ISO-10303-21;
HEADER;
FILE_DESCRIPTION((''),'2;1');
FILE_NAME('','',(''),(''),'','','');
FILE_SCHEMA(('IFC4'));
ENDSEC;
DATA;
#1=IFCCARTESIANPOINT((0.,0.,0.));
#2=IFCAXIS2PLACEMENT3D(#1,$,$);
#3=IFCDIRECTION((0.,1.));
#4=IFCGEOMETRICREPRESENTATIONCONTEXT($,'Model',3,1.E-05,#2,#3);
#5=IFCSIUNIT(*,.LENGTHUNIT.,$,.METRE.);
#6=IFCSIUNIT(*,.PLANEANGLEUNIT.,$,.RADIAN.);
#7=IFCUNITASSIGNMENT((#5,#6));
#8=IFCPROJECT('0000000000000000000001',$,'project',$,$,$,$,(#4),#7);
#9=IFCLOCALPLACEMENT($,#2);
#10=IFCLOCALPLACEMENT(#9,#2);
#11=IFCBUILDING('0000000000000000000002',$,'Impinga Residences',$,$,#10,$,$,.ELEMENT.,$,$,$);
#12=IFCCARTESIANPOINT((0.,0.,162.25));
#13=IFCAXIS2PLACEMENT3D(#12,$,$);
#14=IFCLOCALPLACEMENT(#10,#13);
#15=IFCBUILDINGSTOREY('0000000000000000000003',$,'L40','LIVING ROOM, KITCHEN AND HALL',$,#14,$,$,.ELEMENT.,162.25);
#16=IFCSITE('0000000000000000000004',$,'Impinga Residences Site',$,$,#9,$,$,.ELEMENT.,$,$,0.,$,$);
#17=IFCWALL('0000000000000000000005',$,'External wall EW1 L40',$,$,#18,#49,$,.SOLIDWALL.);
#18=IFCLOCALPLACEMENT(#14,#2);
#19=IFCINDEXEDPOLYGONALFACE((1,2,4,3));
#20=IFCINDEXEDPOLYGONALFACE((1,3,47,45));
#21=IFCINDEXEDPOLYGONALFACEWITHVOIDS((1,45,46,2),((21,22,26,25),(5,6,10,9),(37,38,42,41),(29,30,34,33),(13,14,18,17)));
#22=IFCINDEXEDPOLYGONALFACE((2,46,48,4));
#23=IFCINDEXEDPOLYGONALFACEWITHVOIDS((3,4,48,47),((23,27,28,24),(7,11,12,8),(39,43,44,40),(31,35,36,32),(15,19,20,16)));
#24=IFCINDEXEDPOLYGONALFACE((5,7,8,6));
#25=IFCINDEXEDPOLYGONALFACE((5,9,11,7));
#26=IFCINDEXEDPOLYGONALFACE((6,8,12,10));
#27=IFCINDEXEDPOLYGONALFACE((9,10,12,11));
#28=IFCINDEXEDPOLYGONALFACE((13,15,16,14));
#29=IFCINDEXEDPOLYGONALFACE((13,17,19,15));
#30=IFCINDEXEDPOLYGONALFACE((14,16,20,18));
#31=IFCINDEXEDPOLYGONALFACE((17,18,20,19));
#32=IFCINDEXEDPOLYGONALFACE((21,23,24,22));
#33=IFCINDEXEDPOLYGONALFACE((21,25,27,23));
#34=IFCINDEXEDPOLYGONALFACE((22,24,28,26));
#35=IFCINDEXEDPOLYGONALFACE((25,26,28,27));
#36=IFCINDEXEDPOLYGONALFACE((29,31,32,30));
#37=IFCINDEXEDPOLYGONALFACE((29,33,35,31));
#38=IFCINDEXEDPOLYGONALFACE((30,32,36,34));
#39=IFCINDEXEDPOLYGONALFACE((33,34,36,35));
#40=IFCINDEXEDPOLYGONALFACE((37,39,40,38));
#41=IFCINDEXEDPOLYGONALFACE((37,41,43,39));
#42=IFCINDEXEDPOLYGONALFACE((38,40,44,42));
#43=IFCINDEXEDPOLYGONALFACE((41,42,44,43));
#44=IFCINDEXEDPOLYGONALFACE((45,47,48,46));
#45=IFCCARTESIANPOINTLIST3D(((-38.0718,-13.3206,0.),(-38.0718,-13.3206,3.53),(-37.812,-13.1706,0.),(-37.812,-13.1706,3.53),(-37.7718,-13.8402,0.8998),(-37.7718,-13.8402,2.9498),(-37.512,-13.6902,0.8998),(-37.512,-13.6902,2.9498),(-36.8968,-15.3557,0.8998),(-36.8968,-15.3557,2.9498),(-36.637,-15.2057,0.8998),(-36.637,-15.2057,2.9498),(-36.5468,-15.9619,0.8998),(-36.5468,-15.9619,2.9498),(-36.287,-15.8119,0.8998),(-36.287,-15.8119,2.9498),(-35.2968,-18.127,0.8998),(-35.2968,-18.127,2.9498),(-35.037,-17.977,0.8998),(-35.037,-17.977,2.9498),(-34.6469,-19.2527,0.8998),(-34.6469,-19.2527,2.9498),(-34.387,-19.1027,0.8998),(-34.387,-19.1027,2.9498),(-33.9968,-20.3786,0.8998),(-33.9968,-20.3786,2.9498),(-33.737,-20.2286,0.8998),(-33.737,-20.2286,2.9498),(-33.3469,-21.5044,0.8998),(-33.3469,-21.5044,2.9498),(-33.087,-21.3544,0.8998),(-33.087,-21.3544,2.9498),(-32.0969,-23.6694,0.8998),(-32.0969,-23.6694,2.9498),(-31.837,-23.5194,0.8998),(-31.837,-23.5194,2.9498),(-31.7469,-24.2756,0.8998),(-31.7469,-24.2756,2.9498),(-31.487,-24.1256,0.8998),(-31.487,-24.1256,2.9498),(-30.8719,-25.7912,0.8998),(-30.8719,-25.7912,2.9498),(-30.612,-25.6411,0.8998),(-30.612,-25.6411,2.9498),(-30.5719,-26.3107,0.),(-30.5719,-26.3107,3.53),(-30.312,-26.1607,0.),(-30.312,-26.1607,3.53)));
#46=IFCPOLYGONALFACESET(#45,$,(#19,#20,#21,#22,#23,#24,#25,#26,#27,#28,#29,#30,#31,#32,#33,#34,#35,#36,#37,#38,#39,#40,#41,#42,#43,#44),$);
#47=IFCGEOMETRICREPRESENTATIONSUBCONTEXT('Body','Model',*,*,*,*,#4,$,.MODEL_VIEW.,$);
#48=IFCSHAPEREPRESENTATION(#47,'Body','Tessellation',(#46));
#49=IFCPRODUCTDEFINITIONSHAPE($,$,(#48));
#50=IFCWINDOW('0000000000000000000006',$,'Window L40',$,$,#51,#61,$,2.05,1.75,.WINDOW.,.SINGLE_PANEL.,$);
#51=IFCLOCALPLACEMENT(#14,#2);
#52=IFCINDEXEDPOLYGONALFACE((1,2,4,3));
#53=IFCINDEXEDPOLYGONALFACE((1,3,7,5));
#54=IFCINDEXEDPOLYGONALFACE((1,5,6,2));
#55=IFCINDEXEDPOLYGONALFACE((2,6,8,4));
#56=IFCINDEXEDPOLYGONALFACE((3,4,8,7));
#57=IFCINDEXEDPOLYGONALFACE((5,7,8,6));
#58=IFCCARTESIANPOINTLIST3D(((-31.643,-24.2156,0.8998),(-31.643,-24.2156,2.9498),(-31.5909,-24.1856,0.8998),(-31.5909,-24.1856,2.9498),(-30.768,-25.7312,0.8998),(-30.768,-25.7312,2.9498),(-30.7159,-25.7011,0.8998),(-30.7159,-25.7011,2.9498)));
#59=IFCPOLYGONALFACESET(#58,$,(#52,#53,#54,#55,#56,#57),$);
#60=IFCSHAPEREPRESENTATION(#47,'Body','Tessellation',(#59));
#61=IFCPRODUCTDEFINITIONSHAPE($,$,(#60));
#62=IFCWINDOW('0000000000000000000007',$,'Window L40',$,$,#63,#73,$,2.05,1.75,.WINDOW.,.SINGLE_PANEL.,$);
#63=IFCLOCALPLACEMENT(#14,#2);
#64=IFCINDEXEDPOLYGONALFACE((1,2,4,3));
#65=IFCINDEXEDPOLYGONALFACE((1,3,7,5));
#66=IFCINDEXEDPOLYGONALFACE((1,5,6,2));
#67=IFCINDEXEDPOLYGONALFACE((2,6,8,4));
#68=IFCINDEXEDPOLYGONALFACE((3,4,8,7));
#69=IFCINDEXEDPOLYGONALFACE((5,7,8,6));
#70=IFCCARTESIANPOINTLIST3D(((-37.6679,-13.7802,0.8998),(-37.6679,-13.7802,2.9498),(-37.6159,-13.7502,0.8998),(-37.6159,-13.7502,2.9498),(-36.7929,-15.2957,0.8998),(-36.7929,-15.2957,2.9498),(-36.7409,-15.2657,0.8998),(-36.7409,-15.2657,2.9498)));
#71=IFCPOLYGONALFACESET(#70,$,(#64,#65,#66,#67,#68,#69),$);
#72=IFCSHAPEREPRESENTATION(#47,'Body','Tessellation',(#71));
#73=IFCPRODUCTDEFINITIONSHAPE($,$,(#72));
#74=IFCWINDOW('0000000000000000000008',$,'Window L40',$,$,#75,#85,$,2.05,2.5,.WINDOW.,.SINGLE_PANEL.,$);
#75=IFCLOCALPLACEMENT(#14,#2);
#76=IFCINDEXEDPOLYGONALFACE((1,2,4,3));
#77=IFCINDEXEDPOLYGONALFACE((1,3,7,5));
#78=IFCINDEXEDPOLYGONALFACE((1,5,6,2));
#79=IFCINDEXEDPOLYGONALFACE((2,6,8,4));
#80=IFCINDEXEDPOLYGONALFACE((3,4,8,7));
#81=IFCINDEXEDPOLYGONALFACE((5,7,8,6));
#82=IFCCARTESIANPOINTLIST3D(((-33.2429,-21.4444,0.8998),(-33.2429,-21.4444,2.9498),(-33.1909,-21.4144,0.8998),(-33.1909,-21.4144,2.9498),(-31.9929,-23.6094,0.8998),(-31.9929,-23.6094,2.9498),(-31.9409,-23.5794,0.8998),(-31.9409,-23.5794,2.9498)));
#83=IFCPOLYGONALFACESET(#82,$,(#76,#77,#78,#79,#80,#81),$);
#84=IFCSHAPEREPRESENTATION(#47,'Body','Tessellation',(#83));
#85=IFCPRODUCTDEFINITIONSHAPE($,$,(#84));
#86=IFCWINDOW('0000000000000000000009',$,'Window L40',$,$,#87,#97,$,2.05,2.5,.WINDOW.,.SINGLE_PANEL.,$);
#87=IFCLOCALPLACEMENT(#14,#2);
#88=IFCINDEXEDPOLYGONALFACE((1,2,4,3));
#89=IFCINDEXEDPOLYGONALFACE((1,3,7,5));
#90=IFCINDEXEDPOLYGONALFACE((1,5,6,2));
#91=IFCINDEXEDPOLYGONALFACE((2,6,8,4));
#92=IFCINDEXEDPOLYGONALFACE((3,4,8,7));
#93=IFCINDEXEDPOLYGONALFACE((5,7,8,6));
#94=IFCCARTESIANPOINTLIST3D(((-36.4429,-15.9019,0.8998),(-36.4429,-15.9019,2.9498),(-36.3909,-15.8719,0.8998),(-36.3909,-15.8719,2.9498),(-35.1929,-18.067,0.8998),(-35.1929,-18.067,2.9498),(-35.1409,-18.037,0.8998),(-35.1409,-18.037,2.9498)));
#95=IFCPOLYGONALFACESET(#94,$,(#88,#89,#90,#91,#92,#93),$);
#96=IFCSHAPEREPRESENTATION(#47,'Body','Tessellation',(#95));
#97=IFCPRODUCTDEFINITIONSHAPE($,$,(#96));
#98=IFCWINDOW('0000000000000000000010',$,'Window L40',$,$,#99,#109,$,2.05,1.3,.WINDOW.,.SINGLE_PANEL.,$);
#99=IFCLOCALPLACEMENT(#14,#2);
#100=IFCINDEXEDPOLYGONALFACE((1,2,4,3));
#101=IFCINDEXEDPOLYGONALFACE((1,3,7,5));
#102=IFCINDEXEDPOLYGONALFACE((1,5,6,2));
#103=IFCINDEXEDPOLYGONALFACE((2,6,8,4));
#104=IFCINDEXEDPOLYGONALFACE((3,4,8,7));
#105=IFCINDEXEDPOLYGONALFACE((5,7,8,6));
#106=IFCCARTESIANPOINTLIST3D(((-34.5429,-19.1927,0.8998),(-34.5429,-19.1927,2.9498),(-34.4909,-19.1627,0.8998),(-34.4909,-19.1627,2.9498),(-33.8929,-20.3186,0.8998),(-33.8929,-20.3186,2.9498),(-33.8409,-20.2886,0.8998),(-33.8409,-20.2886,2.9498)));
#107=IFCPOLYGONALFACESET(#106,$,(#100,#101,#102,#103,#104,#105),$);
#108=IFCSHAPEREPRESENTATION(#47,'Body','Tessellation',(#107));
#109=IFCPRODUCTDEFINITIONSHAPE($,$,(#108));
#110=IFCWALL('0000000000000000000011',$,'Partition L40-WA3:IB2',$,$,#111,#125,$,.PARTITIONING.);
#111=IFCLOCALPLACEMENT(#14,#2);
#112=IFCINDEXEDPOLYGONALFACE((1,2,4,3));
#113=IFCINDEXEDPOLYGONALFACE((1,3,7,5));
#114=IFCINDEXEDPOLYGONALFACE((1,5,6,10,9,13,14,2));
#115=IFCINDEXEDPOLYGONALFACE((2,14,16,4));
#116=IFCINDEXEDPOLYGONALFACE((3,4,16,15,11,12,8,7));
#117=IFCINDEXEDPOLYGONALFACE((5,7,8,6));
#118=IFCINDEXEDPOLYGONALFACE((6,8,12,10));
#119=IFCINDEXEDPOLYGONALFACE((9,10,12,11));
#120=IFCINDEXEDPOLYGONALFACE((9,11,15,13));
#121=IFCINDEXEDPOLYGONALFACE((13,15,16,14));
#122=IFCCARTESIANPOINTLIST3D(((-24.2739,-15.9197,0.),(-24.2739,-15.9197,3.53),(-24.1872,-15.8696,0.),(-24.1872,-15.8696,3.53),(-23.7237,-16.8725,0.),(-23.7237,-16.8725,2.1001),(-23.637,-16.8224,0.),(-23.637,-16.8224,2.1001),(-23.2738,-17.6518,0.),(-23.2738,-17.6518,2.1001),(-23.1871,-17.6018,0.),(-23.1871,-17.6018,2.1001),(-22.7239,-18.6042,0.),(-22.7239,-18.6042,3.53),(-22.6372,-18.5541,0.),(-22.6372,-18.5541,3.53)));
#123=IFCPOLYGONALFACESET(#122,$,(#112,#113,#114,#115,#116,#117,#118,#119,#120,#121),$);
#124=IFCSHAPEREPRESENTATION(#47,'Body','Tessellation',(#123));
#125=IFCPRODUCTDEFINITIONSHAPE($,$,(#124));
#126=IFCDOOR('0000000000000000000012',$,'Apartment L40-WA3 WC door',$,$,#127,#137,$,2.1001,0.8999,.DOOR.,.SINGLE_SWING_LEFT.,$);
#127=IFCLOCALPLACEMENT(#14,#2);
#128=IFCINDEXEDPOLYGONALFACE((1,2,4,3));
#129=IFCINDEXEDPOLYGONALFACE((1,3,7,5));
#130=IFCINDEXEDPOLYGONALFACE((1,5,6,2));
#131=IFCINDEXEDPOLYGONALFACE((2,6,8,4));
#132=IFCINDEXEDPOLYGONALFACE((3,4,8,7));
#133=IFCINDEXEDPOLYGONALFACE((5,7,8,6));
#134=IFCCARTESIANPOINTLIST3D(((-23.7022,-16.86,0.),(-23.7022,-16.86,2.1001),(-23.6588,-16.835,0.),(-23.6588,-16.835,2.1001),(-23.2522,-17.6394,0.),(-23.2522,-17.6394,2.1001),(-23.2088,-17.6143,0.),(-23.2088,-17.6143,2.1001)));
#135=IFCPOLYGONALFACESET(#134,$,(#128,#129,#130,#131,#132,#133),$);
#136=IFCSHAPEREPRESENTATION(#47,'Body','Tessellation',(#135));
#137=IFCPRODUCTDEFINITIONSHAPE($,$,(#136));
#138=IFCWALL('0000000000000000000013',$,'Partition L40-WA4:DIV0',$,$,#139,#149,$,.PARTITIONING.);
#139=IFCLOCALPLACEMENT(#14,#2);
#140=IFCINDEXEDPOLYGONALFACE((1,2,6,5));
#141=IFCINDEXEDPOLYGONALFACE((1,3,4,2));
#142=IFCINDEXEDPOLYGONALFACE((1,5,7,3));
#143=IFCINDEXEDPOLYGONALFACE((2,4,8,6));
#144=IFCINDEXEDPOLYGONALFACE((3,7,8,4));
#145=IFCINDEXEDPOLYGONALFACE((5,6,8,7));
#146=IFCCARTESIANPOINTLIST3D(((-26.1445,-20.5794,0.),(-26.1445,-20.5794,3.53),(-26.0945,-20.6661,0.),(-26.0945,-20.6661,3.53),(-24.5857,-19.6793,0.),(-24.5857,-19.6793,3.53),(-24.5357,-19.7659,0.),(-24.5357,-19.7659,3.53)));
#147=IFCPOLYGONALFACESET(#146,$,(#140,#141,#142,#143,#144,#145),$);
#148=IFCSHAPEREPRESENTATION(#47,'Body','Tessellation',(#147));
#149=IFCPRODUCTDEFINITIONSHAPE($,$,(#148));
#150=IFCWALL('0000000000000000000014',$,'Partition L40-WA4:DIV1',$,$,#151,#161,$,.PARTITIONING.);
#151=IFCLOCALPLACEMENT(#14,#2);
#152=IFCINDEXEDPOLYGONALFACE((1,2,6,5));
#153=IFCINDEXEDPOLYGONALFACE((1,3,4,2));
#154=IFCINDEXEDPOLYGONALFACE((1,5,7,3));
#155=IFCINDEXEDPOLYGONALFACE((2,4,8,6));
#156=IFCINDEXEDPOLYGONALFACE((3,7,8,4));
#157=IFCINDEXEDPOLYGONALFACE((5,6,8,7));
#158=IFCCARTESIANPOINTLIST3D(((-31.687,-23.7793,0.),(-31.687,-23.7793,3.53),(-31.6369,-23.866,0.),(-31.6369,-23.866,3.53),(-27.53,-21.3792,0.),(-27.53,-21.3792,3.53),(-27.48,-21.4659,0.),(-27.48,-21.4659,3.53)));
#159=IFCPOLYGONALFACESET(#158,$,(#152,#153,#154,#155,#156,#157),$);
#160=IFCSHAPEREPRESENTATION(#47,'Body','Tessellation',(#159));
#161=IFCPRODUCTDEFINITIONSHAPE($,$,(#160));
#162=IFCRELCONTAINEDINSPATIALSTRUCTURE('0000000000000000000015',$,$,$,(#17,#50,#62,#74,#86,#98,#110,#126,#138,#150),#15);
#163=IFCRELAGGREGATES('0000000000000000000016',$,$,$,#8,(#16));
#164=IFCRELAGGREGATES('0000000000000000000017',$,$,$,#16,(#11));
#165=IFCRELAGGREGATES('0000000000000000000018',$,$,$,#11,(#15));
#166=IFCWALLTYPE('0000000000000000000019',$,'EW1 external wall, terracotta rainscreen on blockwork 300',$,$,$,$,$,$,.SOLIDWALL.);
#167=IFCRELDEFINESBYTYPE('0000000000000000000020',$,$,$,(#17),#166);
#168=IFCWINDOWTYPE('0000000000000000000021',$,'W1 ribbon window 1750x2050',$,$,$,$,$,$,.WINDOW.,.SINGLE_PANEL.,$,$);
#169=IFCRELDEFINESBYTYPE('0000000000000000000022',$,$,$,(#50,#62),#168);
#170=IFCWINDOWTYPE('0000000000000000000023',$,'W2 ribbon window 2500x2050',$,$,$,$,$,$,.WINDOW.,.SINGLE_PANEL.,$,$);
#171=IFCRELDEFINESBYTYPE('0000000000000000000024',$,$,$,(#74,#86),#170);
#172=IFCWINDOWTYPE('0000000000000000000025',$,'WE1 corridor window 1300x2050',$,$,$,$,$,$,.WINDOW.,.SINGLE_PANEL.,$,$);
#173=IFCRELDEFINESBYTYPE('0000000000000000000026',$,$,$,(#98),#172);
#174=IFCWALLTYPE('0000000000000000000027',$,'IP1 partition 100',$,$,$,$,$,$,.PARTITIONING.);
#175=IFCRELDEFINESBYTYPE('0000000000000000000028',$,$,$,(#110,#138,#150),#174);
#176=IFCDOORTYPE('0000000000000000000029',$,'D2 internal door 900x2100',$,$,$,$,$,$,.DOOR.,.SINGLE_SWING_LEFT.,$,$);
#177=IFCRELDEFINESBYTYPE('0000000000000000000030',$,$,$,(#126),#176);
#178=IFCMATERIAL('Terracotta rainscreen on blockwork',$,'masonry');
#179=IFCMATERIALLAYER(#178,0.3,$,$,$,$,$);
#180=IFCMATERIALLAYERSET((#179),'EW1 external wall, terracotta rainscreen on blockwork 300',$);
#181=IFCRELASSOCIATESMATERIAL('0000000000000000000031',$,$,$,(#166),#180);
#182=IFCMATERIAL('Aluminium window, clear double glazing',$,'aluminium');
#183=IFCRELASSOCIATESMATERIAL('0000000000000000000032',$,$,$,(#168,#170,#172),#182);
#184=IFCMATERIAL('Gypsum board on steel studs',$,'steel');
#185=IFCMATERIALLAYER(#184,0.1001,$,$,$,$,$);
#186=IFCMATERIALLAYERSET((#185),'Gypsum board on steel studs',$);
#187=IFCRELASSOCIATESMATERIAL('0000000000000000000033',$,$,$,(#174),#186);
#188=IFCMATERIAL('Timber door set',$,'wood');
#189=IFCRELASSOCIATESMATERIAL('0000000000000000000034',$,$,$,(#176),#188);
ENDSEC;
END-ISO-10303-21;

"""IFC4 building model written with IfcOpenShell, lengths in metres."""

from ifc_helpers import new_model, si_unit, direction, frame, frame_2d, origin, place, context, subcontext, project, spatial, rectangle, extrude, material, layer, layer_set, type_object, element, fill, save


model = new_model("IFC4")

# Units and contexts
model_context = context("Model", 3, precision=1e-05, world=origin(), true_north=direction((0.0, 1.0)))
body_context = subcontext(model_context, "Body", "Model", "MODEL_VIEW")
ifc_project = project(units=[si_unit("LENGTHUNIT", "METRE"), si_unit("PLANEANGLEUNIT", "RADIAN")], contexts=[model_context])

# Site, building, storey
site_placement = place(None, origin())
site = spatial("IfcSite", under=ifc_project, at=site_placement, Name="Impinga Residences Site", CompositionType="ELEMENT", RefElevation=0.0)
building_placement = place(site_placement, origin())
building = spatial("IfcBuilding", under=site, at=building_placement, Name="Impinga Residences", CompositionType="ELEMENT")
storey_placement = place(building_placement, frame((0.0, 0.0, 162.25)))
storey = spatial("IfcBuildingStorey", under=building, at=storey_placement, Name="L40", Description="LIVING ROOM, KITCHEN AND HALL", CompositionType="ELEMENT", Elevation=162.25)

# Shared definitions
ifc_material_1 = material(Name="Terracotta rainscreen on blockwork", Category="masonry")
ifc_layer_1 = layer(ifc_material_1, 0.3)
ifc_layer_set_1 = layer_set([ifc_layer_1], Name="EW1 external wall, terracotta rainscreen on blockwork 300")
wall_type_1 = type_object("IfcWallType", Name="EW1 external wall, terracotta rainscreen on blockwork 300", PredefinedType="SOLIDWALL", material=ifc_layer_set_1)

# Wall, openings, windows
wall_1_placement = place(storey_placement, frame((-30.4419, -26.2358, 0.0), z_axis=(0.0, 0.0, 1.0), x_axis=(-0.500004, 0.866023, 0.0)))
wall_1 = element("IfcWall", 1, at=wall_1_placement, inside=storey, type_object=wall_type_1, Name="External wall EW1 L40", PredefinedType="SOLIDWALL", context=body_context, shape_type="SweptSolid", body=[
    extrude(rectangle(XDim=14.9998, YDim=0.3, at=frame_2d((7.5, 0.0))), origin(), (0.0, 0.0, 1.0), 3.53),
])
opening_1_placement = place(wall_1_placement, frame((0.6001, 0.0, 0.8999)))
opening_1 = element("IfcOpeningElement", 2, at=opening_1_placement, cuts=wall_1, PredefinedType="OPENING", context=body_context, shape_type="SweptSolid", body=[
    extrude(rectangle(XDim=1.75, YDim=2.05, at=frame_2d((0.875, 1.0249))), frame((0.0, 0.1599, 0.0), z_axis=(0.0, -1.0, 0.0), x_axis=(1.0, 0.0, 0.0)), (0.0, 0.0, 1.0), 0.3201),
])
opening_2_placement = place(wall_1_placement, frame((3.05, 0.0, 0.8999)))
opening_2 = element("IfcOpeningElement", 3, at=opening_2_placement, cuts=wall_1, PredefinedType="OPENING", context=body_context, shape_type="SweptSolid", body=[
    extrude(rectangle(XDim=2.5, YDim=2.05, at=frame_2d((1.25, 1.0249))), frame((0.0, 0.1599, 0.0), z_axis=(0.0, -1.0, 0.0), x_axis=(1.0, 0.0, 0.0)), (0.0, 0.0, 1.0), 0.3201),
])
opening_3_placement = place(wall_1_placement, frame((6.8501, 0.0, 0.8999)))
opening_3 = element("IfcOpeningElement", 4, at=opening_3_placement, cuts=wall_1, PredefinedType="OPENING", context=body_context, shape_type="SweptSolid", body=[
    extrude(rectangle(XDim=1.3, YDim=2.05, at=frame_2d((0.6499, 1.0249))), frame((0.0, 0.1599, 0.0), z_axis=(0.0, -1.0, 0.0), x_axis=(1.0, 0.0, 0.0)), (0.0, 0.0, 1.0), 0.3201),
])
opening_4_placement = place(wall_1_placement, frame((9.45, 0.0, 0.8999)))
opening_4 = element("IfcOpeningElement", 5, at=opening_4_placement, cuts=wall_1, PredefinedType="OPENING", context=body_context, shape_type="SweptSolid", body=[
    extrude(rectangle(XDim=2.5, YDim=2.05, at=frame_2d((1.25, 1.0249))), frame((0.0, 0.1599, 0.0), z_axis=(0.0, -1.0, 0.0), x_axis=(1.0, 0.0, 0.0)), (0.0, 0.0, 1.0), 0.3201),
])
opening_5_placement = place(wall_1_placement, frame((12.6499, 0.0, 0.8999)))
opening_5 = element("IfcOpeningElement", 6, at=opening_5_placement, cuts=wall_1, PredefinedType="OPENING", context=body_context, shape_type="SweptSolid", body=[
    extrude(rectangle(XDim=1.75, YDim=2.05, at=frame_2d((0.875, 1.0249))), frame((0.0, 0.1599, 0.0), z_axis=(0.0, -1.0, 0.0), x_axis=(1.0, 0.0, 0.0)), (0.0, 0.0, 1.0), 0.3201),
])
ifc_material_2 = material(Name="Aluminium window, clear double glazing", Category="aluminium")
window_type_1 = type_object("IfcWindowType", Name="W1 ribbon window 1750x2050", PartitioningType="SINGLE_PANEL", PredefinedType="WINDOW", material=ifc_material_2)
window_1_placement = place(opening_1_placement, origin())
window_1 = element("IfcWindow", 7, at=window_1_placement, inside=storey, type_object=window_type_1, Name="Window L40", OverallHeight=2.05, OverallWidth=1.75, PartitioningType="SINGLE_PANEL", PredefinedType="WINDOW", context=body_context, shape_type="SweptSolid", body=[
    extrude(rectangle(XDim=1.75, YDim=2.05, at=frame_2d((0.875, 1.0249))), frame((0.0, 0.03, 0.0), z_axis=(0.0, -1.0, 0.0), x_axis=(1.0, 0.0, 0.0)), (0.0, 0.0, 1.0), 0.0601),
])
fill(opening_1, window_1)
window_2_placement = place(opening_5_placement, origin())
window_2 = element("IfcWindow", 8, at=window_2_placement, inside=storey, type_object=window_type_1, Name="Window L40", OverallHeight=2.05, OverallWidth=1.75, PartitioningType="SINGLE_PANEL", PredefinedType="WINDOW", context=body_context, shape_type="SweptSolid", body=[
    extrude(rectangle(XDim=1.75, YDim=2.05, at=frame_2d((0.875, 1.0249))), frame((0.0, 0.03, 0.0), z_axis=(0.0, -1.0, 0.0), x_axis=(1.0, 0.0, 0.0)), (0.0, 0.0, 1.0), 0.0601),
])
fill(opening_5, window_2)
window_type_2 = type_object("IfcWindowType", Name="W2 ribbon window 2500x2050", PartitioningType="SINGLE_PANEL", PredefinedType="WINDOW", material=ifc_material_2)
window_3_placement = place(opening_2_placement, origin())
window_3 = element("IfcWindow", 9, at=window_3_placement, inside=storey, type_object=window_type_2, Name="Window L40", OverallHeight=2.05, OverallWidth=2.5, PartitioningType="SINGLE_PANEL", PredefinedType="WINDOW", context=body_context, shape_type="SweptSolid", body=[
    extrude(rectangle(XDim=2.5, YDim=2.05, at=frame_2d((1.25, 1.0249))), frame((0.0, 0.03, 0.0), z_axis=(0.0, -1.0, 0.0), x_axis=(1.0, 0.0, 0.0)), (0.0, 0.0, 1.0), 0.0601),
])
fill(opening_2, window_3)
window_4_placement = place(opening_4_placement, origin())
window_4 = element("IfcWindow", 10, at=window_4_placement, inside=storey, type_object=window_type_2, Name="Window L40", OverallHeight=2.05, OverallWidth=2.5, PartitioningType="SINGLE_PANEL", PredefinedType="WINDOW", context=body_context, shape_type="SweptSolid", body=[
    extrude(rectangle(XDim=2.5, YDim=2.05, at=frame_2d((1.25, 1.0249))), frame((0.0, 0.03, 0.0), z_axis=(0.0, -1.0, 0.0), x_axis=(1.0, 0.0, 0.0)), (0.0, 0.0, 1.0), 0.0601),
])
fill(opening_4, window_4)
window_type_3 = type_object("IfcWindowType", Name="WE1 corridor window 1300x2050", PartitioningType="SINGLE_PANEL", PredefinedType="WINDOW", material=ifc_material_2)
window_5_placement = place(opening_3_placement, origin())
window_5 = element("IfcWindow", 11, at=window_5_placement, inside=storey, type_object=window_type_3, Name="Window L40", OverallHeight=2.05, OverallWidth=1.3, PartitioningType="SINGLE_PANEL", PredefinedType="WINDOW", context=body_context, shape_type="SweptSolid", body=[
    extrude(rectangle(XDim=1.3, YDim=2.05, at=frame_2d((0.6499, 1.0249))), frame((0.0, 0.03, 0.0), z_axis=(0.0, -1.0, 0.0), x_axis=(1.0, 0.0, 0.0)), (0.0, 0.0, 1.0), 0.0601),
])
fill(opening_3, window_5)

# Wall, opening, door
ifc_material_3 = material(Name="Gypsum board on steel studs", Category="steel")
ifc_layer_2 = layer(ifc_material_3, 0.1001)
ifc_layer_set_2 = layer_set([ifc_layer_2], Name="Gypsum board on steel studs")
wall_type_2 = type_object("IfcWallType", Name="IP1 partition 100", PredefinedType="PARTITIONING", material=ifc_layer_set_2)
wall_2_placement = place(storey_placement, frame((-24.2305, -15.8948, 0.0), z_axis=(0.0, 0.0, 1.0), x_axis=(0.500027, -0.86601, 0.0)))
wall_2 = element("IfcWall", 12, at=wall_2_placement, inside=storey, type_object=wall_type_2, Name="Partition L40-WA3:IB2", PredefinedType="PARTITIONING", context=body_context, shape_type="SweptSolid", body=[
    extrude(rectangle(XDim=3.0999, YDim=0.1001, at=frame_2d((1.5498, 0.0))), origin(), (0.0, 0.0, 1.0), 3.53),
])
opening_6_placement = place(wall_2_placement, frame((1.1001, 0.0, 0.0)))
opening_6 = element("IfcOpeningElement", 13, at=opening_6_placement, cuts=wall_2, PredefinedType="OPENING", context=body_context, shape_type="SweptSolid", body=[
    extrude(rectangle(XDim=0.8999, YDim=2.1001, at=frame_2d((0.45, 1.05))), frame((0.0, 0.0601, 0.0), z_axis=(0.0, -1.0, 0.0), x_axis=(1.0, 0.0, 0.0)), (0.0, 0.0, 1.0), 0.1201),
])
ifc_material_4 = material(Name="Timber door set", Category="wood")
door_type = type_object("IfcDoorType", Name="D2 internal door 900x2100", OperationType="SINGLE_SWING_LEFT", PredefinedType="DOOR", material=ifc_material_4)
door_1_placement = place(opening_6_placement, origin())
door_1 = element("IfcDoor", 14, at=door_1_placement, inside=storey, type_object=door_type, Name="Apartment L40-WA3 WC door", OperationType="SINGLE_SWING_LEFT", OverallHeight=2.1001, OverallWidth=0.8999, PredefinedType="DOOR", context=body_context, shape_type="SweptSolid", body=[
    extrude(rectangle(XDim=0.8999, YDim=2.1001, at=frame_2d((0.45, 1.05))), frame((0.0, 0.0249, 0.0), z_axis=(0.0, -1.0, 0.0), x_axis=(1.0, 0.0, 0.0)), (0.0, 0.0, 1.0), 0.05),
])
fill(opening_6, door_1)

# Walls
wall_3_placement = place(storey_placement, frame((-24.5608, -19.7227, 0.0), z_axis=(0.0, 0.0, 1.0), x_axis=(-0.865989, -0.500063, 0.0)))
element("IfcWall", 15, at=wall_3_placement, inside=storey, type_object=wall_type_2, Name="Partition L40-WA4:DIV0", PredefinedType="PARTITIONING", context=body_context, shape_type="SweptSolid", body=[
    extrude(rectangle(XDim=1.8, YDim=0.1001, at=frame_2d((0.8999, 0.0))), origin(), (0.0, 0.0, 1.0), 3.53),
])
wall_4_placement = place(storey_placement, frame((-27.5051, -21.4226, 0.0), z_axis=(0.0, 0.0, 1.0), x_axis=(-0.866015, -0.500017, 0.0)))
element("IfcWall", 16, at=wall_4_placement, inside=storey, type_object=wall_type_2, Name="Partition L40-WA4:DIV1", PredefinedType="PARTITIONING", context=body_context, shape_type="SweptSolid", body=[
    extrude(rectangle(XDim=4.8, YDim=0.1001, at=frame_2d((2.3999, 0.0))), origin(), (0.0, 0.0, 1.0), 3.53),
])

save(model, "model.ifc")
